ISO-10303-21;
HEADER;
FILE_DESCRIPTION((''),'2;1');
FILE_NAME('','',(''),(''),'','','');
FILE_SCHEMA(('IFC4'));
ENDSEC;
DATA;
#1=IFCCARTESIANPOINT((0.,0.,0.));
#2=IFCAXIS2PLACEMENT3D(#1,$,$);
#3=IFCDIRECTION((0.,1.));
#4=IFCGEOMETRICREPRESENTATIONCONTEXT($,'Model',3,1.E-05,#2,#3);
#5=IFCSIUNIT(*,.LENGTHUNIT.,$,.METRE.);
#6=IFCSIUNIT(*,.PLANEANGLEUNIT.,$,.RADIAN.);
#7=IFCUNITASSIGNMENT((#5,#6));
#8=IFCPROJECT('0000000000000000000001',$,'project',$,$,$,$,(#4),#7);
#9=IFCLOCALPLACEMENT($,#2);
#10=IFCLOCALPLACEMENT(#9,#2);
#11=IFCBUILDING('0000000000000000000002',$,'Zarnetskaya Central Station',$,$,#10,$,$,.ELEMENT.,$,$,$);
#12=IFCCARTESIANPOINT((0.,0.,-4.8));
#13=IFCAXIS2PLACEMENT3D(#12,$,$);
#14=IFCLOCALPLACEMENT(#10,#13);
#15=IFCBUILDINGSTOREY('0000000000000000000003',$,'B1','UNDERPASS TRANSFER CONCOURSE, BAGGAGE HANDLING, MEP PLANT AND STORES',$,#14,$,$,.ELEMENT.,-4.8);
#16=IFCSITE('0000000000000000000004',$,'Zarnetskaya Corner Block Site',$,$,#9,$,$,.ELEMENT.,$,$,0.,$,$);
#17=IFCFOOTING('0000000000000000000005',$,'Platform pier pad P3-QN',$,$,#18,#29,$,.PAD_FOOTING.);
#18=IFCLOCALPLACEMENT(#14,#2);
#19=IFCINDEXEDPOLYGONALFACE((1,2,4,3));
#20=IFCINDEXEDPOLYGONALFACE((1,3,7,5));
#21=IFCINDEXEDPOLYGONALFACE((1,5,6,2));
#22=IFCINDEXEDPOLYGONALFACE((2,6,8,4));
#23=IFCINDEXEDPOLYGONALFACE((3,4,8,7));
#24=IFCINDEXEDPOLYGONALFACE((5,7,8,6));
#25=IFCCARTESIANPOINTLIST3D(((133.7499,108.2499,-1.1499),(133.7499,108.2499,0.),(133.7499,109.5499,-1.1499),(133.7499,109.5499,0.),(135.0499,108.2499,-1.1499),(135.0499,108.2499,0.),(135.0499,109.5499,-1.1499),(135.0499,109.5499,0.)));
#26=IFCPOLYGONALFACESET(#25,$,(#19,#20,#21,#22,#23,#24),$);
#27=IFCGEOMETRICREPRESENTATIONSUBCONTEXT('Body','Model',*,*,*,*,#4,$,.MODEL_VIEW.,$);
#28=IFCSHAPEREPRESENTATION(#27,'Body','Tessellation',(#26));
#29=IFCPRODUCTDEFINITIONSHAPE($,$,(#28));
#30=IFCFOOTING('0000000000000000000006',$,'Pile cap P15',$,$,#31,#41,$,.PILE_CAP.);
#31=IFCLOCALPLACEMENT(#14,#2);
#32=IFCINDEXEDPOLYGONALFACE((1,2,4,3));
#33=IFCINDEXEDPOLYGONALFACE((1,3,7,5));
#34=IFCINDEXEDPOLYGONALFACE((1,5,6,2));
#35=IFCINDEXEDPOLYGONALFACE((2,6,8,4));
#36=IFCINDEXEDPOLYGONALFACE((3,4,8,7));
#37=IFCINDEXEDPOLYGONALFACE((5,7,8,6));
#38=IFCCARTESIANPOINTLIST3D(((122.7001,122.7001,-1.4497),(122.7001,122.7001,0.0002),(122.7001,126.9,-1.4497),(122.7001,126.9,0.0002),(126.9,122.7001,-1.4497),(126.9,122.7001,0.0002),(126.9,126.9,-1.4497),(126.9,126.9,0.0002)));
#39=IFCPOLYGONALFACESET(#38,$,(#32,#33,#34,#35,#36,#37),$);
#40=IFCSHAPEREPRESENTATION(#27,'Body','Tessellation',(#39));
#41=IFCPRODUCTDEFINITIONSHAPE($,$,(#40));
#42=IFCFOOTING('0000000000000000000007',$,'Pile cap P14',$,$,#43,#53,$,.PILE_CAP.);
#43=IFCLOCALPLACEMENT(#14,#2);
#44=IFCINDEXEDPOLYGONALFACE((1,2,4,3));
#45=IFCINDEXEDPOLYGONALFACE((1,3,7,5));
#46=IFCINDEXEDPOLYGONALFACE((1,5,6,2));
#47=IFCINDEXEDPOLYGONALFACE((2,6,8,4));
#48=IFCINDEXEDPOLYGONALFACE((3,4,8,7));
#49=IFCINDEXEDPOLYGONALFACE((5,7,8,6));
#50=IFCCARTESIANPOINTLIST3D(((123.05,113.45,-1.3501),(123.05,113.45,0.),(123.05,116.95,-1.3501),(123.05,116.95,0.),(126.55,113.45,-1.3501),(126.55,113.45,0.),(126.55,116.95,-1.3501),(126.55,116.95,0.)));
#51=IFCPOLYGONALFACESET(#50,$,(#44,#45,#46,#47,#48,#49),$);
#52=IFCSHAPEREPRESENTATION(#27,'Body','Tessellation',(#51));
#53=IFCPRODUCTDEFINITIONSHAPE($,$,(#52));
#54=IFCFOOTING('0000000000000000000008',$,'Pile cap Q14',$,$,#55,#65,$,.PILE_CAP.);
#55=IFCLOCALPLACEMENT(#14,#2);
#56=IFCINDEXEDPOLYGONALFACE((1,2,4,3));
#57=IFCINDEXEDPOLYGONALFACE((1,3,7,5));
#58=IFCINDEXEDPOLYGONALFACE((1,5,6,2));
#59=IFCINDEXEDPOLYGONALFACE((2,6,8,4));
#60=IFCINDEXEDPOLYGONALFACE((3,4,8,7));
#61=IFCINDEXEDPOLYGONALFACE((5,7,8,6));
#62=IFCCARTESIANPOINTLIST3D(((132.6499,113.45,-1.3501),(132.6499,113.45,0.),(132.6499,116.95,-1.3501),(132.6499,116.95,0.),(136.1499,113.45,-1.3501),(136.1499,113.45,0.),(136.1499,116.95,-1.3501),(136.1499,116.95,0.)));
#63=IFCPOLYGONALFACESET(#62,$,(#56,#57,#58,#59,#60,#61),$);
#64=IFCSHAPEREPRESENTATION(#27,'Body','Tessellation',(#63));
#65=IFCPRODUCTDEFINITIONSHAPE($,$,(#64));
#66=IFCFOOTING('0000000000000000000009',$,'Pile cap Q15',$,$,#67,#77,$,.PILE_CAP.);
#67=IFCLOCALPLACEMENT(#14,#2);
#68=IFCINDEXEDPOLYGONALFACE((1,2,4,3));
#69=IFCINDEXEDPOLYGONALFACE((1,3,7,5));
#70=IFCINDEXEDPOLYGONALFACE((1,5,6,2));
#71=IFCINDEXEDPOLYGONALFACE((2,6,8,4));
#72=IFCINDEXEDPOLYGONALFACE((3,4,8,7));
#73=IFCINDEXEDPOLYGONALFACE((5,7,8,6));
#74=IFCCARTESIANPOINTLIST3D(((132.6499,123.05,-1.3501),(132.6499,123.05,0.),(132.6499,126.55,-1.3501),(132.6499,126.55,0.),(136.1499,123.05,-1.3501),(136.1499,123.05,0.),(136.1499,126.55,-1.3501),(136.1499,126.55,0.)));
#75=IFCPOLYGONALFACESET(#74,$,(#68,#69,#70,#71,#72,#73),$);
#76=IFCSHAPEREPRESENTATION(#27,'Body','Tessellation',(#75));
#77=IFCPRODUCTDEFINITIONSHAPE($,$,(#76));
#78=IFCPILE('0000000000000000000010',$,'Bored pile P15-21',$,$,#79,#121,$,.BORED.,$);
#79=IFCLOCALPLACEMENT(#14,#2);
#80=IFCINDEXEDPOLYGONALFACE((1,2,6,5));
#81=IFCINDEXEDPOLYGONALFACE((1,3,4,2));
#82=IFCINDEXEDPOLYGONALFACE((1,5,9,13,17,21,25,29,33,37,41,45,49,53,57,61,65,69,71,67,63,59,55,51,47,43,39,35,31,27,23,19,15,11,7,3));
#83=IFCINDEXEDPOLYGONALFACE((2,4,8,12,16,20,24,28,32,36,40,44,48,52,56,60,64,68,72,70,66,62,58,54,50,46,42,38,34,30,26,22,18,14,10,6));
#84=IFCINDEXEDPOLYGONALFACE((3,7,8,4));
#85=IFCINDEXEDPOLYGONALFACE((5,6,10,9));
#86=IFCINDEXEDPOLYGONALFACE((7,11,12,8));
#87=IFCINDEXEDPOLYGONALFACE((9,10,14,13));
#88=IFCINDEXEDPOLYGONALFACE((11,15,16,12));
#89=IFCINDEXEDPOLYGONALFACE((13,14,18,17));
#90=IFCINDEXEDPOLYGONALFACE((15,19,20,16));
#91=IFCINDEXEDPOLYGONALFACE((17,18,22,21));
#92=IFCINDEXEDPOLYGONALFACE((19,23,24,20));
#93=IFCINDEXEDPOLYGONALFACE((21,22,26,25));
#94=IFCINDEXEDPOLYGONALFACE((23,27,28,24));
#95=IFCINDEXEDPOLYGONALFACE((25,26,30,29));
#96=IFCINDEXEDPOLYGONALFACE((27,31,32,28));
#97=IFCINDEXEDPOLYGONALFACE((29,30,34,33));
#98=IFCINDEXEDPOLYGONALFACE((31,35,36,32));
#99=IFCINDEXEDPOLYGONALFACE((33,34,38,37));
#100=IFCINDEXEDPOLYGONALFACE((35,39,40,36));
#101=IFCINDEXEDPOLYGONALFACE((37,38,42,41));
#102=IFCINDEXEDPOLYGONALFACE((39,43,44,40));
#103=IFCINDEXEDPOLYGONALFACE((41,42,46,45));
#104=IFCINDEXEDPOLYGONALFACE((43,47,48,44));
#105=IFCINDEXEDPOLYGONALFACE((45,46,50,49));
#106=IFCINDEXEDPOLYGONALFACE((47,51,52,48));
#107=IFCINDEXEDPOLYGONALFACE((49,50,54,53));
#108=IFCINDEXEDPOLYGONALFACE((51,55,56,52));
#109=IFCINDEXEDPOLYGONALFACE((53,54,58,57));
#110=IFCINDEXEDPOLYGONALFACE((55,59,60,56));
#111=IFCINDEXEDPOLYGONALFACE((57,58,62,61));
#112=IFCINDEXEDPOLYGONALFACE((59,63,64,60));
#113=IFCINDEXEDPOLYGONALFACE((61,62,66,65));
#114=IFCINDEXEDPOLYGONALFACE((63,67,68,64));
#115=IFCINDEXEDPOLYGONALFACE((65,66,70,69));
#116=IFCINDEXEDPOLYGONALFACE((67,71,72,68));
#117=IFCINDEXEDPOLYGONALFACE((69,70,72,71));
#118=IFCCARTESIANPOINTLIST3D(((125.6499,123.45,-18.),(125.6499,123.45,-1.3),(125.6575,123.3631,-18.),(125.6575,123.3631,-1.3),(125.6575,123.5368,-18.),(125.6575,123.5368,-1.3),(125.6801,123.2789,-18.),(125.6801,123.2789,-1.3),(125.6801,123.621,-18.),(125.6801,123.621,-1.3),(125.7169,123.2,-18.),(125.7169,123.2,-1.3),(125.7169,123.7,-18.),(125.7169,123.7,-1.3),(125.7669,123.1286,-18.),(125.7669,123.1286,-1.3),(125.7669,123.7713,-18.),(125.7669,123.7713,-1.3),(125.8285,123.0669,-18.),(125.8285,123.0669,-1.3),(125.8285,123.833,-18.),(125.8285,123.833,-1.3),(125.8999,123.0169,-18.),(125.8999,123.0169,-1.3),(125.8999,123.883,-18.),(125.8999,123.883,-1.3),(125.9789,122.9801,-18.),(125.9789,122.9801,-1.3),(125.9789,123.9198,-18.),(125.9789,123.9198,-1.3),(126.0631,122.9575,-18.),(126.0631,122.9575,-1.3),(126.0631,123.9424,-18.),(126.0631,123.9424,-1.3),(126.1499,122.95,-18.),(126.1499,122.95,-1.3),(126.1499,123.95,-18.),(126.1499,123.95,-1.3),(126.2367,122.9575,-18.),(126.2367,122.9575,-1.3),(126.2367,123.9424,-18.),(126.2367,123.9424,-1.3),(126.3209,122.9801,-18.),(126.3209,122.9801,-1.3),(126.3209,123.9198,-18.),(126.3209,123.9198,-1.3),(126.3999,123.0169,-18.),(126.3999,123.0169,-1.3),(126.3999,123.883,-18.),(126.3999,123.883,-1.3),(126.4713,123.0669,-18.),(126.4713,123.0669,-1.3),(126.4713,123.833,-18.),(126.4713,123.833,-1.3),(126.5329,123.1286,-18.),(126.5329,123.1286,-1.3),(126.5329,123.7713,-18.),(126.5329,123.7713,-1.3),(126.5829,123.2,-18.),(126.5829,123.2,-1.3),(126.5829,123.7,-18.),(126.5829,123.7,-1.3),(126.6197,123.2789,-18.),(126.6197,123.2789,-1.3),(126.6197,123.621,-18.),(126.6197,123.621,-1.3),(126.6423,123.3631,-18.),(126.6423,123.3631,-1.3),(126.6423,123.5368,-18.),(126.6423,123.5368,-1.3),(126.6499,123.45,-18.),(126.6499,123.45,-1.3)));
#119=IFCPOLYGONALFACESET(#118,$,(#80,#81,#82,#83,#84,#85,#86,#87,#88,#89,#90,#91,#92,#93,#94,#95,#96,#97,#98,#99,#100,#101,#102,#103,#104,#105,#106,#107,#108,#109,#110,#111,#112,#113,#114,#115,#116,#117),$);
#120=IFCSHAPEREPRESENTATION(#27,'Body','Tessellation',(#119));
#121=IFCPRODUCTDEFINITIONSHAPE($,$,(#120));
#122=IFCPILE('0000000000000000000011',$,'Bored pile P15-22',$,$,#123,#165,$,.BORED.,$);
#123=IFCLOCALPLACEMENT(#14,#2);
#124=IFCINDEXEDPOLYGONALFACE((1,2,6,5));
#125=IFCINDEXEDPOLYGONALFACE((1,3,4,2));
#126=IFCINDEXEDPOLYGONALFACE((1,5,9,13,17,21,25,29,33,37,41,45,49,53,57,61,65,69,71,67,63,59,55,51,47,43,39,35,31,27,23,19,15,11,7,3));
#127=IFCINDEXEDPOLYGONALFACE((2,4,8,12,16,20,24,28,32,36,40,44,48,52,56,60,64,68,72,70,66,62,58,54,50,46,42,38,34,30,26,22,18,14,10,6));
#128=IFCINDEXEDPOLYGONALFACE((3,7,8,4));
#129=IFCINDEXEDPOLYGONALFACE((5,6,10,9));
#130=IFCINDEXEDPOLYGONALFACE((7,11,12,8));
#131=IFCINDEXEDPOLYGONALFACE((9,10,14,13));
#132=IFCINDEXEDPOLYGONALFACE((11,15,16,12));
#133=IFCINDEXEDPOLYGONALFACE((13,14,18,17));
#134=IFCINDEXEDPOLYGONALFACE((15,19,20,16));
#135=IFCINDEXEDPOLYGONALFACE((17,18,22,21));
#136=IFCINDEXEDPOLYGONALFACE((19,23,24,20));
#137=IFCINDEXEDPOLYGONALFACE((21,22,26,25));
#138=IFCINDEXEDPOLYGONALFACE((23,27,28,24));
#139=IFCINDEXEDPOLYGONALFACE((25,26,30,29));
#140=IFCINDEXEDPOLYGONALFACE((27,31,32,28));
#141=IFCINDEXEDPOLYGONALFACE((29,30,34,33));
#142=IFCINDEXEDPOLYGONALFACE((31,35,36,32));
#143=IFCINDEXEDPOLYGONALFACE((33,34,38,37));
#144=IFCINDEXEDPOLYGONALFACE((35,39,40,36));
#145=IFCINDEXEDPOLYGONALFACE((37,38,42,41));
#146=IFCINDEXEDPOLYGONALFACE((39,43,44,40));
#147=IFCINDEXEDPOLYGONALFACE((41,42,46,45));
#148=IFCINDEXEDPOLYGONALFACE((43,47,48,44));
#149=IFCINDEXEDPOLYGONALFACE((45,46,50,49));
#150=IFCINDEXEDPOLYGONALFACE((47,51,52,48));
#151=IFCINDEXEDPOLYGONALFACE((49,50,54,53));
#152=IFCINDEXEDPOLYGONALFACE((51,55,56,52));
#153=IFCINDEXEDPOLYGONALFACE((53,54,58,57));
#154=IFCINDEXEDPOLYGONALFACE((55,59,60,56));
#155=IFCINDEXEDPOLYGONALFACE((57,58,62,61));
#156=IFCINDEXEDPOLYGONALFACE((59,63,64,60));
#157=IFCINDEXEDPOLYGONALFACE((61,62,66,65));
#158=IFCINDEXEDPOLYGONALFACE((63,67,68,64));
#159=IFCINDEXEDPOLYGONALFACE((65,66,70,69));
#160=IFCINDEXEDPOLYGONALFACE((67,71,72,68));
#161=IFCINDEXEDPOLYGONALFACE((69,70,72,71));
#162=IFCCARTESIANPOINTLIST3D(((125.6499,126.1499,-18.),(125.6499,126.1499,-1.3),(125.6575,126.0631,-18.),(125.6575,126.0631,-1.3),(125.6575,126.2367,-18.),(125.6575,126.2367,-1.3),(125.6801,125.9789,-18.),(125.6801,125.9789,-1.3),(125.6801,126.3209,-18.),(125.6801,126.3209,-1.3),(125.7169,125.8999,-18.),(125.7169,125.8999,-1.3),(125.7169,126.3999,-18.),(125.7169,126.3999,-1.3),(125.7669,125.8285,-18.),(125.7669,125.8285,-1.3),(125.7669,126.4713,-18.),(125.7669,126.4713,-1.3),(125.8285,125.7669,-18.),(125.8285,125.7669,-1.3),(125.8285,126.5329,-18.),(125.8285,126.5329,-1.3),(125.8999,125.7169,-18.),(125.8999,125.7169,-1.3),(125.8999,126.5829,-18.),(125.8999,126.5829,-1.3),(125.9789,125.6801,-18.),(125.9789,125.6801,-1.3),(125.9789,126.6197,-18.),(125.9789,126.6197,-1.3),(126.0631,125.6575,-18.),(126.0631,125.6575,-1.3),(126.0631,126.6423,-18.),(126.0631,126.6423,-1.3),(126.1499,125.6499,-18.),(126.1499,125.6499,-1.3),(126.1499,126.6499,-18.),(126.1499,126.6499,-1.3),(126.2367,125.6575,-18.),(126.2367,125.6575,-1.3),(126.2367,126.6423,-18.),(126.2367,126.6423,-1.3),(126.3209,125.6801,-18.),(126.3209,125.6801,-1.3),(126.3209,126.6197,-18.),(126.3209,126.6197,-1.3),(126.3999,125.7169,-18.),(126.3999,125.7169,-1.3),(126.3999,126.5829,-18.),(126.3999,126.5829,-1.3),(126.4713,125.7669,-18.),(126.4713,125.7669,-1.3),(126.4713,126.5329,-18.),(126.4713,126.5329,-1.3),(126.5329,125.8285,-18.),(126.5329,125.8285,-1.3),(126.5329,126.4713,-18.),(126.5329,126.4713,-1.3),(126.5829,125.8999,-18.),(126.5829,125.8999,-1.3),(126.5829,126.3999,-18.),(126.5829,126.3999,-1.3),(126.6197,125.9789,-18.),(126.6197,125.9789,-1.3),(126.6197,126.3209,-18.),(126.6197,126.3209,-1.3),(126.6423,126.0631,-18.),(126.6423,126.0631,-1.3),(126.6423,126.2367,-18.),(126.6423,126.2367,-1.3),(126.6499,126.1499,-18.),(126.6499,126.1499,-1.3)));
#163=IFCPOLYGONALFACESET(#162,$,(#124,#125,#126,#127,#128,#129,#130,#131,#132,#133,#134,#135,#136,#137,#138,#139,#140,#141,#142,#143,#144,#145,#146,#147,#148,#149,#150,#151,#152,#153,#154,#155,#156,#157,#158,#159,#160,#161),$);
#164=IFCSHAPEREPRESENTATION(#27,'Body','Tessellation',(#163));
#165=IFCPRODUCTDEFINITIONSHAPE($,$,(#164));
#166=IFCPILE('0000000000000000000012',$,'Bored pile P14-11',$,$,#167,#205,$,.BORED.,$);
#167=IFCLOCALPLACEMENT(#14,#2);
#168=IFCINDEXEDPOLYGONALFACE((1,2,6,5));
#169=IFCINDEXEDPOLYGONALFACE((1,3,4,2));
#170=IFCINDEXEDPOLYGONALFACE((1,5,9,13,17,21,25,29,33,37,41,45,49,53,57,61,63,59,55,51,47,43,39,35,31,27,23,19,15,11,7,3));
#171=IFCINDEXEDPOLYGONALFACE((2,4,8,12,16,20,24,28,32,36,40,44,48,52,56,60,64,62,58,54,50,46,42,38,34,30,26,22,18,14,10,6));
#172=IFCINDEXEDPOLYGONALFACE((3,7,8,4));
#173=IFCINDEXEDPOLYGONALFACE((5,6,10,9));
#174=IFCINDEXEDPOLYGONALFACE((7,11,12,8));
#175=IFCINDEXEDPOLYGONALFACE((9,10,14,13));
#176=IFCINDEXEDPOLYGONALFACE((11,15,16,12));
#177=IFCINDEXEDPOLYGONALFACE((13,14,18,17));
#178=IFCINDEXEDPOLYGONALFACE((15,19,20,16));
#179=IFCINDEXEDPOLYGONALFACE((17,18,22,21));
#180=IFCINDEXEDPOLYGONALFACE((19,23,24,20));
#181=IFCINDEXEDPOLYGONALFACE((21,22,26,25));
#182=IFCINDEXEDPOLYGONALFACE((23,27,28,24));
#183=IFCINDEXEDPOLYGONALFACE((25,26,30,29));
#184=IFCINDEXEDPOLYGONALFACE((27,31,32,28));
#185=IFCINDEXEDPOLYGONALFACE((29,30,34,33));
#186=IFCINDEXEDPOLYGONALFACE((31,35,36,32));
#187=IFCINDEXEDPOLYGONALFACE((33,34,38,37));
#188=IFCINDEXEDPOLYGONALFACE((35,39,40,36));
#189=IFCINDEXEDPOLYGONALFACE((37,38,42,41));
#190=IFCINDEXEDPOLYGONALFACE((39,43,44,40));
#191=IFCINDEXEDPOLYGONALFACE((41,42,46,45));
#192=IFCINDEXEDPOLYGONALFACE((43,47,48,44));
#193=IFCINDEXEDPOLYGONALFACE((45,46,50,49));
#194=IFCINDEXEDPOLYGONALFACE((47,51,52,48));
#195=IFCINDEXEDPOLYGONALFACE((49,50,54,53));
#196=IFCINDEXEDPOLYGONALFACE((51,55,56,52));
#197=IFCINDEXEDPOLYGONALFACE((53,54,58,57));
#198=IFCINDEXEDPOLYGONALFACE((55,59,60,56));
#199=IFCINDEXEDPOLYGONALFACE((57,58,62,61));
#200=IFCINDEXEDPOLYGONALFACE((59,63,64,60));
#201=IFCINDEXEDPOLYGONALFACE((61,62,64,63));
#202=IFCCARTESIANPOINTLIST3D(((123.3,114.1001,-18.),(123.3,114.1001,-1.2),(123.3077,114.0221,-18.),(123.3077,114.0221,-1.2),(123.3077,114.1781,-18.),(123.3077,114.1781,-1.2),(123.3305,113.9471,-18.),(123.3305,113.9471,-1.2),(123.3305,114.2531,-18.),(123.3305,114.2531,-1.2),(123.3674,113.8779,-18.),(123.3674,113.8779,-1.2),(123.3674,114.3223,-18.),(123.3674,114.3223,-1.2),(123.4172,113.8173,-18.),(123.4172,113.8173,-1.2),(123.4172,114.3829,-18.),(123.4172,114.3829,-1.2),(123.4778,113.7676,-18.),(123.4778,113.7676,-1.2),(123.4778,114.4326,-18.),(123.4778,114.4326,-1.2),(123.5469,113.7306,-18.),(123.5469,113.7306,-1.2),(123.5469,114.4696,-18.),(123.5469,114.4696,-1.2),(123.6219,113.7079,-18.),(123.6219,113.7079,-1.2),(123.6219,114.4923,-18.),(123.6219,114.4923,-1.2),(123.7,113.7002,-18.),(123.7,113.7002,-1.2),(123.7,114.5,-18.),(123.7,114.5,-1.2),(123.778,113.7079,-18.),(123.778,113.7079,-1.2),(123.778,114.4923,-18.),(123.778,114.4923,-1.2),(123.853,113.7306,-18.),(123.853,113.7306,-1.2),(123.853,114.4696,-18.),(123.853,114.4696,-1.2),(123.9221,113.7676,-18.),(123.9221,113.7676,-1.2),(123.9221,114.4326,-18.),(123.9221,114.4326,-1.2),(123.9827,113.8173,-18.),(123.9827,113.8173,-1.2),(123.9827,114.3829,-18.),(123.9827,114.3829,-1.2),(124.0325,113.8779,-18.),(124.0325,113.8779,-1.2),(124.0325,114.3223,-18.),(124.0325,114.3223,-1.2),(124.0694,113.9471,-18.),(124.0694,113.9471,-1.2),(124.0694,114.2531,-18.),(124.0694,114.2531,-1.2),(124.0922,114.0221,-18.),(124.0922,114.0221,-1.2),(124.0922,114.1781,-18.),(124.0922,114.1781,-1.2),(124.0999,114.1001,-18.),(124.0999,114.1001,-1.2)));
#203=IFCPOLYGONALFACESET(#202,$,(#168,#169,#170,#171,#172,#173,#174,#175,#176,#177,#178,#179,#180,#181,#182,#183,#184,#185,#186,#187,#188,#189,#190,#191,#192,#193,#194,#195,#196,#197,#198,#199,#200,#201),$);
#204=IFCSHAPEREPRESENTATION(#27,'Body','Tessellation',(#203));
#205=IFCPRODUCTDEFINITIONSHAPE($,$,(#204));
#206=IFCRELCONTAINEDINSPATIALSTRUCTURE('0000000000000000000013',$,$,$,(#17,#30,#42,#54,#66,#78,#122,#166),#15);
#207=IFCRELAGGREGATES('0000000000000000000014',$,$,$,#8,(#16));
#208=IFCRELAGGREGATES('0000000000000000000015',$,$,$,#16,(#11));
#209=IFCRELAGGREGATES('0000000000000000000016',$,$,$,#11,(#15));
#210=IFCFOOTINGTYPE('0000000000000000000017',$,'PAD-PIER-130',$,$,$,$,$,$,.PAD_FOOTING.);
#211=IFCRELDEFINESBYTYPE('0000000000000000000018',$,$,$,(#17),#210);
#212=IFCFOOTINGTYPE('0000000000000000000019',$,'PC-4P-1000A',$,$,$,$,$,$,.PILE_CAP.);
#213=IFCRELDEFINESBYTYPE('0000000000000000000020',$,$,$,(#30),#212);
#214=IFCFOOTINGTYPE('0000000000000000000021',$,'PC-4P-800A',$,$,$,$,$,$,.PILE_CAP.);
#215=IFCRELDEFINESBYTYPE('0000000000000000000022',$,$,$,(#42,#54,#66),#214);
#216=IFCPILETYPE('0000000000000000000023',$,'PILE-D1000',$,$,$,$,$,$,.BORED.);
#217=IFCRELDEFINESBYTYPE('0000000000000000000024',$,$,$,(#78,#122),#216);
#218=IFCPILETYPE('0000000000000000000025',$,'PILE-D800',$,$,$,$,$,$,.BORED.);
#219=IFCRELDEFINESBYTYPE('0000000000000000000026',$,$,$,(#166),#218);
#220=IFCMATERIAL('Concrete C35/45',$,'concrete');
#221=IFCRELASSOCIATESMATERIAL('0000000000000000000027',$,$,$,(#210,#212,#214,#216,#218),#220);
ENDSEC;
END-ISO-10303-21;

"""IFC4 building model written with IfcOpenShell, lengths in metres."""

from ifc_helpers import new_model, si_unit, direction, frame, origin, origin_2d, place, context, subcontext, project, spatial, rectangle, circle, extrude, material, material_profile, profile_set, type_object, element, save


model = new_model("IFC4")

# Units and contexts
model_context = context("Model", 3, precision=1e-05, world=origin(), true_north=direction((0.0, 1.0)))
body_context = subcontext(model_context, "Body", "Model", "MODEL_VIEW")
ifc_project = project(units=[si_unit("LENGTHUNIT", "METRE"), si_unit("PLANEANGLEUNIT", "RADIAN")], contexts=[model_context])

# Site, building, storey
site_placement = place(None, origin())
site = spatial("IfcSite", under=ifc_project, at=site_placement, Name="Zarnetskaya Corner Block Site", CompositionType="ELEMENT", RefElevation=0.0)
building_placement = place(site_placement, origin())
building = spatial("IfcBuilding", under=site, at=building_placement, Name="Zarnetskaya Central Station", CompositionType="ELEMENT")
storey_placement = place(building_placement, frame((0.0, 0.0, -4.8)))
storey = spatial("IfcBuildingStorey", under=building, at=storey_placement, Name="B1", Description="UNDERPASS TRANSFER CONCOURSE, BAGGAGE HANDLING, MEP PLANT AND STORES", CompositionType="ELEMENT", Elevation=-4.8)

# Footings
ifc_material = material(Name="Concrete C35/45", Category="concrete")
footing_type_1 = type_object("IfcFootingType", Name="PAD-PIER-130", PredefinedType="PAD_FOOTING", material=ifc_material)
footing_1_placement = place(storey_placement, frame((134.3999, 108.8999, -1.1499), z_axis=(0.0, 0.0, 1.0), x_axis=(1.0, 0.0, 0.0)))
element("IfcFooting", 1, at=footing_1_placement, inside=storey, type_object=footing_type_1, Name="Platform pier pad P3-QN", PredefinedType="PAD_FOOTING", context=body_context, shape_type="SweptSolid", body=[
    extrude(rectangle(XDim=1.3, YDim=1.3, at=origin_2d()), origin(), (0.0, 0.0, 1.0), 1.1499),
])
footing_type_2 = type_object("IfcFootingType", Name="PC-4P-1000A", PredefinedType="PILE_CAP", material=ifc_material)
footing_2_placement = place(storey_placement, frame((124.8, 124.8, -1.4497), z_axis=(0.0, 0.0, 1.0), x_axis=(1.0, 0.0, 0.0)))
element("IfcFooting", 2, at=footing_2_placement, inside=storey, type_object=footing_type_2, Name="Pile cap P15", PredefinedType="PILE_CAP", context=body_context, shape_type="SweptSolid", body=[
    extrude(rectangle(XDim=4.2, YDim=4.2, at=origin_2d()), origin(), (0.0, 0.0, 1.0), 1.45),
])
footing_type_3 = type_object("IfcFootingType", Name="PC-4P-800A", PredefinedType="PILE_CAP", material=ifc_material)
for number, where, z_axis, x_axis, name in (
    (3, (124.8, 115.2, -1.3501), (0.0, 0.0, 1.0), (1.0, 0.0, 0.0), "Pile cap P14"),
    (4, (134.3999, 115.2, -1.3501), (0.0, 0.0, 1.0), (1.0, 0.0, 0.0), "Pile cap Q14"),
    (5, (134.3999, 124.8, -1.3501), (0.0, 0.0, 1.0), (1.0, 0.0, 0.0), "Pile cap Q15"),
):
    element("IfcFooting", number, at=place(storey_placement, frame(where, z_axis=z_axis, x_axis=x_axis)), inside=storey, type_object=footing_type_3, Name=name, PredefinedType="PILE_CAP", context=body_context, shape_type="SweptSolid", body=[
        extrude(rectangle(XDim=3.5, YDim=3.5, at=origin_2d()), origin(), (0.0, 0.0, 1.0), 1.3501),
    ])

# Piles
ifc_material_profile_1 = material_profile(ifc_material, circle(Radius=0.5, at=origin_2d()), Name="BORED PILE D1000")
ifc_profile_set_1 = profile_set([ifc_material_profile_1], Name="Concrete C35/45")
pile_type_1 = type_object("IfcPileType", Name="PILE-D1000", PredefinedType="BORED", material=ifc_profile_set_1)
for number, where, z_axis, x_axis, name in (
    (6, (126.1499, 123.45, -1.3), (0.0, 0.0, -1.0), (1.0, 0.0, 0.0), "Bored pile P15-21"),
    (7, (126.1499, 126.1499, -1.3), (0.0, 0.0, -1.0), (1.0, 0.0, 0.0), "Bored pile P15-22"),
):
    element("IfcPile", number, at=place(storey_placement, frame(where, z_axis=z_axis, x_axis=x_axis)), inside=storey, type_object=pile_type_1, Name=name, PredefinedType="BORED", context=body_context, shape_type="SweptSolid", body=[
        extrude(circle(Radius=0.5, at=origin_2d()), origin(), (0.0, 0.0, 1.0), 16.7),
    ])
ifc_material_profile_2 = material_profile(ifc_material, circle(Radius=0.3999, at=origin_2d()), Name="BORED PILE D800")
ifc_profile_set_2 = profile_set([ifc_material_profile_2], Name="Concrete C35/45")
pile_type_2 = type_object("IfcPileType", Name="PILE-D800", PredefinedType="BORED", material=ifc_profile_set_2)
for number, where, z_axis, x_axis, name in (
    (8, (123.7, 114.1001, -1.2), (0.0, 0.0, -1.0), (1.0, 0.0, 0.0), "Bored pile P14-11"),
):
    element("IfcPile", number, at=place(storey_placement, frame(where, z_axis=z_axis, x_axis=x_axis)), inside=storey, type_object=pile_type_2, Name=name, PredefinedType="BORED", context=body_context, shape_type="SweptSolid", body=[
        extrude(circle(Radius=0.3999, at=origin_2d()), origin(), (0.0, 0.0, 1.0), 16.8),
    ])

save(model, "model.ifc")
